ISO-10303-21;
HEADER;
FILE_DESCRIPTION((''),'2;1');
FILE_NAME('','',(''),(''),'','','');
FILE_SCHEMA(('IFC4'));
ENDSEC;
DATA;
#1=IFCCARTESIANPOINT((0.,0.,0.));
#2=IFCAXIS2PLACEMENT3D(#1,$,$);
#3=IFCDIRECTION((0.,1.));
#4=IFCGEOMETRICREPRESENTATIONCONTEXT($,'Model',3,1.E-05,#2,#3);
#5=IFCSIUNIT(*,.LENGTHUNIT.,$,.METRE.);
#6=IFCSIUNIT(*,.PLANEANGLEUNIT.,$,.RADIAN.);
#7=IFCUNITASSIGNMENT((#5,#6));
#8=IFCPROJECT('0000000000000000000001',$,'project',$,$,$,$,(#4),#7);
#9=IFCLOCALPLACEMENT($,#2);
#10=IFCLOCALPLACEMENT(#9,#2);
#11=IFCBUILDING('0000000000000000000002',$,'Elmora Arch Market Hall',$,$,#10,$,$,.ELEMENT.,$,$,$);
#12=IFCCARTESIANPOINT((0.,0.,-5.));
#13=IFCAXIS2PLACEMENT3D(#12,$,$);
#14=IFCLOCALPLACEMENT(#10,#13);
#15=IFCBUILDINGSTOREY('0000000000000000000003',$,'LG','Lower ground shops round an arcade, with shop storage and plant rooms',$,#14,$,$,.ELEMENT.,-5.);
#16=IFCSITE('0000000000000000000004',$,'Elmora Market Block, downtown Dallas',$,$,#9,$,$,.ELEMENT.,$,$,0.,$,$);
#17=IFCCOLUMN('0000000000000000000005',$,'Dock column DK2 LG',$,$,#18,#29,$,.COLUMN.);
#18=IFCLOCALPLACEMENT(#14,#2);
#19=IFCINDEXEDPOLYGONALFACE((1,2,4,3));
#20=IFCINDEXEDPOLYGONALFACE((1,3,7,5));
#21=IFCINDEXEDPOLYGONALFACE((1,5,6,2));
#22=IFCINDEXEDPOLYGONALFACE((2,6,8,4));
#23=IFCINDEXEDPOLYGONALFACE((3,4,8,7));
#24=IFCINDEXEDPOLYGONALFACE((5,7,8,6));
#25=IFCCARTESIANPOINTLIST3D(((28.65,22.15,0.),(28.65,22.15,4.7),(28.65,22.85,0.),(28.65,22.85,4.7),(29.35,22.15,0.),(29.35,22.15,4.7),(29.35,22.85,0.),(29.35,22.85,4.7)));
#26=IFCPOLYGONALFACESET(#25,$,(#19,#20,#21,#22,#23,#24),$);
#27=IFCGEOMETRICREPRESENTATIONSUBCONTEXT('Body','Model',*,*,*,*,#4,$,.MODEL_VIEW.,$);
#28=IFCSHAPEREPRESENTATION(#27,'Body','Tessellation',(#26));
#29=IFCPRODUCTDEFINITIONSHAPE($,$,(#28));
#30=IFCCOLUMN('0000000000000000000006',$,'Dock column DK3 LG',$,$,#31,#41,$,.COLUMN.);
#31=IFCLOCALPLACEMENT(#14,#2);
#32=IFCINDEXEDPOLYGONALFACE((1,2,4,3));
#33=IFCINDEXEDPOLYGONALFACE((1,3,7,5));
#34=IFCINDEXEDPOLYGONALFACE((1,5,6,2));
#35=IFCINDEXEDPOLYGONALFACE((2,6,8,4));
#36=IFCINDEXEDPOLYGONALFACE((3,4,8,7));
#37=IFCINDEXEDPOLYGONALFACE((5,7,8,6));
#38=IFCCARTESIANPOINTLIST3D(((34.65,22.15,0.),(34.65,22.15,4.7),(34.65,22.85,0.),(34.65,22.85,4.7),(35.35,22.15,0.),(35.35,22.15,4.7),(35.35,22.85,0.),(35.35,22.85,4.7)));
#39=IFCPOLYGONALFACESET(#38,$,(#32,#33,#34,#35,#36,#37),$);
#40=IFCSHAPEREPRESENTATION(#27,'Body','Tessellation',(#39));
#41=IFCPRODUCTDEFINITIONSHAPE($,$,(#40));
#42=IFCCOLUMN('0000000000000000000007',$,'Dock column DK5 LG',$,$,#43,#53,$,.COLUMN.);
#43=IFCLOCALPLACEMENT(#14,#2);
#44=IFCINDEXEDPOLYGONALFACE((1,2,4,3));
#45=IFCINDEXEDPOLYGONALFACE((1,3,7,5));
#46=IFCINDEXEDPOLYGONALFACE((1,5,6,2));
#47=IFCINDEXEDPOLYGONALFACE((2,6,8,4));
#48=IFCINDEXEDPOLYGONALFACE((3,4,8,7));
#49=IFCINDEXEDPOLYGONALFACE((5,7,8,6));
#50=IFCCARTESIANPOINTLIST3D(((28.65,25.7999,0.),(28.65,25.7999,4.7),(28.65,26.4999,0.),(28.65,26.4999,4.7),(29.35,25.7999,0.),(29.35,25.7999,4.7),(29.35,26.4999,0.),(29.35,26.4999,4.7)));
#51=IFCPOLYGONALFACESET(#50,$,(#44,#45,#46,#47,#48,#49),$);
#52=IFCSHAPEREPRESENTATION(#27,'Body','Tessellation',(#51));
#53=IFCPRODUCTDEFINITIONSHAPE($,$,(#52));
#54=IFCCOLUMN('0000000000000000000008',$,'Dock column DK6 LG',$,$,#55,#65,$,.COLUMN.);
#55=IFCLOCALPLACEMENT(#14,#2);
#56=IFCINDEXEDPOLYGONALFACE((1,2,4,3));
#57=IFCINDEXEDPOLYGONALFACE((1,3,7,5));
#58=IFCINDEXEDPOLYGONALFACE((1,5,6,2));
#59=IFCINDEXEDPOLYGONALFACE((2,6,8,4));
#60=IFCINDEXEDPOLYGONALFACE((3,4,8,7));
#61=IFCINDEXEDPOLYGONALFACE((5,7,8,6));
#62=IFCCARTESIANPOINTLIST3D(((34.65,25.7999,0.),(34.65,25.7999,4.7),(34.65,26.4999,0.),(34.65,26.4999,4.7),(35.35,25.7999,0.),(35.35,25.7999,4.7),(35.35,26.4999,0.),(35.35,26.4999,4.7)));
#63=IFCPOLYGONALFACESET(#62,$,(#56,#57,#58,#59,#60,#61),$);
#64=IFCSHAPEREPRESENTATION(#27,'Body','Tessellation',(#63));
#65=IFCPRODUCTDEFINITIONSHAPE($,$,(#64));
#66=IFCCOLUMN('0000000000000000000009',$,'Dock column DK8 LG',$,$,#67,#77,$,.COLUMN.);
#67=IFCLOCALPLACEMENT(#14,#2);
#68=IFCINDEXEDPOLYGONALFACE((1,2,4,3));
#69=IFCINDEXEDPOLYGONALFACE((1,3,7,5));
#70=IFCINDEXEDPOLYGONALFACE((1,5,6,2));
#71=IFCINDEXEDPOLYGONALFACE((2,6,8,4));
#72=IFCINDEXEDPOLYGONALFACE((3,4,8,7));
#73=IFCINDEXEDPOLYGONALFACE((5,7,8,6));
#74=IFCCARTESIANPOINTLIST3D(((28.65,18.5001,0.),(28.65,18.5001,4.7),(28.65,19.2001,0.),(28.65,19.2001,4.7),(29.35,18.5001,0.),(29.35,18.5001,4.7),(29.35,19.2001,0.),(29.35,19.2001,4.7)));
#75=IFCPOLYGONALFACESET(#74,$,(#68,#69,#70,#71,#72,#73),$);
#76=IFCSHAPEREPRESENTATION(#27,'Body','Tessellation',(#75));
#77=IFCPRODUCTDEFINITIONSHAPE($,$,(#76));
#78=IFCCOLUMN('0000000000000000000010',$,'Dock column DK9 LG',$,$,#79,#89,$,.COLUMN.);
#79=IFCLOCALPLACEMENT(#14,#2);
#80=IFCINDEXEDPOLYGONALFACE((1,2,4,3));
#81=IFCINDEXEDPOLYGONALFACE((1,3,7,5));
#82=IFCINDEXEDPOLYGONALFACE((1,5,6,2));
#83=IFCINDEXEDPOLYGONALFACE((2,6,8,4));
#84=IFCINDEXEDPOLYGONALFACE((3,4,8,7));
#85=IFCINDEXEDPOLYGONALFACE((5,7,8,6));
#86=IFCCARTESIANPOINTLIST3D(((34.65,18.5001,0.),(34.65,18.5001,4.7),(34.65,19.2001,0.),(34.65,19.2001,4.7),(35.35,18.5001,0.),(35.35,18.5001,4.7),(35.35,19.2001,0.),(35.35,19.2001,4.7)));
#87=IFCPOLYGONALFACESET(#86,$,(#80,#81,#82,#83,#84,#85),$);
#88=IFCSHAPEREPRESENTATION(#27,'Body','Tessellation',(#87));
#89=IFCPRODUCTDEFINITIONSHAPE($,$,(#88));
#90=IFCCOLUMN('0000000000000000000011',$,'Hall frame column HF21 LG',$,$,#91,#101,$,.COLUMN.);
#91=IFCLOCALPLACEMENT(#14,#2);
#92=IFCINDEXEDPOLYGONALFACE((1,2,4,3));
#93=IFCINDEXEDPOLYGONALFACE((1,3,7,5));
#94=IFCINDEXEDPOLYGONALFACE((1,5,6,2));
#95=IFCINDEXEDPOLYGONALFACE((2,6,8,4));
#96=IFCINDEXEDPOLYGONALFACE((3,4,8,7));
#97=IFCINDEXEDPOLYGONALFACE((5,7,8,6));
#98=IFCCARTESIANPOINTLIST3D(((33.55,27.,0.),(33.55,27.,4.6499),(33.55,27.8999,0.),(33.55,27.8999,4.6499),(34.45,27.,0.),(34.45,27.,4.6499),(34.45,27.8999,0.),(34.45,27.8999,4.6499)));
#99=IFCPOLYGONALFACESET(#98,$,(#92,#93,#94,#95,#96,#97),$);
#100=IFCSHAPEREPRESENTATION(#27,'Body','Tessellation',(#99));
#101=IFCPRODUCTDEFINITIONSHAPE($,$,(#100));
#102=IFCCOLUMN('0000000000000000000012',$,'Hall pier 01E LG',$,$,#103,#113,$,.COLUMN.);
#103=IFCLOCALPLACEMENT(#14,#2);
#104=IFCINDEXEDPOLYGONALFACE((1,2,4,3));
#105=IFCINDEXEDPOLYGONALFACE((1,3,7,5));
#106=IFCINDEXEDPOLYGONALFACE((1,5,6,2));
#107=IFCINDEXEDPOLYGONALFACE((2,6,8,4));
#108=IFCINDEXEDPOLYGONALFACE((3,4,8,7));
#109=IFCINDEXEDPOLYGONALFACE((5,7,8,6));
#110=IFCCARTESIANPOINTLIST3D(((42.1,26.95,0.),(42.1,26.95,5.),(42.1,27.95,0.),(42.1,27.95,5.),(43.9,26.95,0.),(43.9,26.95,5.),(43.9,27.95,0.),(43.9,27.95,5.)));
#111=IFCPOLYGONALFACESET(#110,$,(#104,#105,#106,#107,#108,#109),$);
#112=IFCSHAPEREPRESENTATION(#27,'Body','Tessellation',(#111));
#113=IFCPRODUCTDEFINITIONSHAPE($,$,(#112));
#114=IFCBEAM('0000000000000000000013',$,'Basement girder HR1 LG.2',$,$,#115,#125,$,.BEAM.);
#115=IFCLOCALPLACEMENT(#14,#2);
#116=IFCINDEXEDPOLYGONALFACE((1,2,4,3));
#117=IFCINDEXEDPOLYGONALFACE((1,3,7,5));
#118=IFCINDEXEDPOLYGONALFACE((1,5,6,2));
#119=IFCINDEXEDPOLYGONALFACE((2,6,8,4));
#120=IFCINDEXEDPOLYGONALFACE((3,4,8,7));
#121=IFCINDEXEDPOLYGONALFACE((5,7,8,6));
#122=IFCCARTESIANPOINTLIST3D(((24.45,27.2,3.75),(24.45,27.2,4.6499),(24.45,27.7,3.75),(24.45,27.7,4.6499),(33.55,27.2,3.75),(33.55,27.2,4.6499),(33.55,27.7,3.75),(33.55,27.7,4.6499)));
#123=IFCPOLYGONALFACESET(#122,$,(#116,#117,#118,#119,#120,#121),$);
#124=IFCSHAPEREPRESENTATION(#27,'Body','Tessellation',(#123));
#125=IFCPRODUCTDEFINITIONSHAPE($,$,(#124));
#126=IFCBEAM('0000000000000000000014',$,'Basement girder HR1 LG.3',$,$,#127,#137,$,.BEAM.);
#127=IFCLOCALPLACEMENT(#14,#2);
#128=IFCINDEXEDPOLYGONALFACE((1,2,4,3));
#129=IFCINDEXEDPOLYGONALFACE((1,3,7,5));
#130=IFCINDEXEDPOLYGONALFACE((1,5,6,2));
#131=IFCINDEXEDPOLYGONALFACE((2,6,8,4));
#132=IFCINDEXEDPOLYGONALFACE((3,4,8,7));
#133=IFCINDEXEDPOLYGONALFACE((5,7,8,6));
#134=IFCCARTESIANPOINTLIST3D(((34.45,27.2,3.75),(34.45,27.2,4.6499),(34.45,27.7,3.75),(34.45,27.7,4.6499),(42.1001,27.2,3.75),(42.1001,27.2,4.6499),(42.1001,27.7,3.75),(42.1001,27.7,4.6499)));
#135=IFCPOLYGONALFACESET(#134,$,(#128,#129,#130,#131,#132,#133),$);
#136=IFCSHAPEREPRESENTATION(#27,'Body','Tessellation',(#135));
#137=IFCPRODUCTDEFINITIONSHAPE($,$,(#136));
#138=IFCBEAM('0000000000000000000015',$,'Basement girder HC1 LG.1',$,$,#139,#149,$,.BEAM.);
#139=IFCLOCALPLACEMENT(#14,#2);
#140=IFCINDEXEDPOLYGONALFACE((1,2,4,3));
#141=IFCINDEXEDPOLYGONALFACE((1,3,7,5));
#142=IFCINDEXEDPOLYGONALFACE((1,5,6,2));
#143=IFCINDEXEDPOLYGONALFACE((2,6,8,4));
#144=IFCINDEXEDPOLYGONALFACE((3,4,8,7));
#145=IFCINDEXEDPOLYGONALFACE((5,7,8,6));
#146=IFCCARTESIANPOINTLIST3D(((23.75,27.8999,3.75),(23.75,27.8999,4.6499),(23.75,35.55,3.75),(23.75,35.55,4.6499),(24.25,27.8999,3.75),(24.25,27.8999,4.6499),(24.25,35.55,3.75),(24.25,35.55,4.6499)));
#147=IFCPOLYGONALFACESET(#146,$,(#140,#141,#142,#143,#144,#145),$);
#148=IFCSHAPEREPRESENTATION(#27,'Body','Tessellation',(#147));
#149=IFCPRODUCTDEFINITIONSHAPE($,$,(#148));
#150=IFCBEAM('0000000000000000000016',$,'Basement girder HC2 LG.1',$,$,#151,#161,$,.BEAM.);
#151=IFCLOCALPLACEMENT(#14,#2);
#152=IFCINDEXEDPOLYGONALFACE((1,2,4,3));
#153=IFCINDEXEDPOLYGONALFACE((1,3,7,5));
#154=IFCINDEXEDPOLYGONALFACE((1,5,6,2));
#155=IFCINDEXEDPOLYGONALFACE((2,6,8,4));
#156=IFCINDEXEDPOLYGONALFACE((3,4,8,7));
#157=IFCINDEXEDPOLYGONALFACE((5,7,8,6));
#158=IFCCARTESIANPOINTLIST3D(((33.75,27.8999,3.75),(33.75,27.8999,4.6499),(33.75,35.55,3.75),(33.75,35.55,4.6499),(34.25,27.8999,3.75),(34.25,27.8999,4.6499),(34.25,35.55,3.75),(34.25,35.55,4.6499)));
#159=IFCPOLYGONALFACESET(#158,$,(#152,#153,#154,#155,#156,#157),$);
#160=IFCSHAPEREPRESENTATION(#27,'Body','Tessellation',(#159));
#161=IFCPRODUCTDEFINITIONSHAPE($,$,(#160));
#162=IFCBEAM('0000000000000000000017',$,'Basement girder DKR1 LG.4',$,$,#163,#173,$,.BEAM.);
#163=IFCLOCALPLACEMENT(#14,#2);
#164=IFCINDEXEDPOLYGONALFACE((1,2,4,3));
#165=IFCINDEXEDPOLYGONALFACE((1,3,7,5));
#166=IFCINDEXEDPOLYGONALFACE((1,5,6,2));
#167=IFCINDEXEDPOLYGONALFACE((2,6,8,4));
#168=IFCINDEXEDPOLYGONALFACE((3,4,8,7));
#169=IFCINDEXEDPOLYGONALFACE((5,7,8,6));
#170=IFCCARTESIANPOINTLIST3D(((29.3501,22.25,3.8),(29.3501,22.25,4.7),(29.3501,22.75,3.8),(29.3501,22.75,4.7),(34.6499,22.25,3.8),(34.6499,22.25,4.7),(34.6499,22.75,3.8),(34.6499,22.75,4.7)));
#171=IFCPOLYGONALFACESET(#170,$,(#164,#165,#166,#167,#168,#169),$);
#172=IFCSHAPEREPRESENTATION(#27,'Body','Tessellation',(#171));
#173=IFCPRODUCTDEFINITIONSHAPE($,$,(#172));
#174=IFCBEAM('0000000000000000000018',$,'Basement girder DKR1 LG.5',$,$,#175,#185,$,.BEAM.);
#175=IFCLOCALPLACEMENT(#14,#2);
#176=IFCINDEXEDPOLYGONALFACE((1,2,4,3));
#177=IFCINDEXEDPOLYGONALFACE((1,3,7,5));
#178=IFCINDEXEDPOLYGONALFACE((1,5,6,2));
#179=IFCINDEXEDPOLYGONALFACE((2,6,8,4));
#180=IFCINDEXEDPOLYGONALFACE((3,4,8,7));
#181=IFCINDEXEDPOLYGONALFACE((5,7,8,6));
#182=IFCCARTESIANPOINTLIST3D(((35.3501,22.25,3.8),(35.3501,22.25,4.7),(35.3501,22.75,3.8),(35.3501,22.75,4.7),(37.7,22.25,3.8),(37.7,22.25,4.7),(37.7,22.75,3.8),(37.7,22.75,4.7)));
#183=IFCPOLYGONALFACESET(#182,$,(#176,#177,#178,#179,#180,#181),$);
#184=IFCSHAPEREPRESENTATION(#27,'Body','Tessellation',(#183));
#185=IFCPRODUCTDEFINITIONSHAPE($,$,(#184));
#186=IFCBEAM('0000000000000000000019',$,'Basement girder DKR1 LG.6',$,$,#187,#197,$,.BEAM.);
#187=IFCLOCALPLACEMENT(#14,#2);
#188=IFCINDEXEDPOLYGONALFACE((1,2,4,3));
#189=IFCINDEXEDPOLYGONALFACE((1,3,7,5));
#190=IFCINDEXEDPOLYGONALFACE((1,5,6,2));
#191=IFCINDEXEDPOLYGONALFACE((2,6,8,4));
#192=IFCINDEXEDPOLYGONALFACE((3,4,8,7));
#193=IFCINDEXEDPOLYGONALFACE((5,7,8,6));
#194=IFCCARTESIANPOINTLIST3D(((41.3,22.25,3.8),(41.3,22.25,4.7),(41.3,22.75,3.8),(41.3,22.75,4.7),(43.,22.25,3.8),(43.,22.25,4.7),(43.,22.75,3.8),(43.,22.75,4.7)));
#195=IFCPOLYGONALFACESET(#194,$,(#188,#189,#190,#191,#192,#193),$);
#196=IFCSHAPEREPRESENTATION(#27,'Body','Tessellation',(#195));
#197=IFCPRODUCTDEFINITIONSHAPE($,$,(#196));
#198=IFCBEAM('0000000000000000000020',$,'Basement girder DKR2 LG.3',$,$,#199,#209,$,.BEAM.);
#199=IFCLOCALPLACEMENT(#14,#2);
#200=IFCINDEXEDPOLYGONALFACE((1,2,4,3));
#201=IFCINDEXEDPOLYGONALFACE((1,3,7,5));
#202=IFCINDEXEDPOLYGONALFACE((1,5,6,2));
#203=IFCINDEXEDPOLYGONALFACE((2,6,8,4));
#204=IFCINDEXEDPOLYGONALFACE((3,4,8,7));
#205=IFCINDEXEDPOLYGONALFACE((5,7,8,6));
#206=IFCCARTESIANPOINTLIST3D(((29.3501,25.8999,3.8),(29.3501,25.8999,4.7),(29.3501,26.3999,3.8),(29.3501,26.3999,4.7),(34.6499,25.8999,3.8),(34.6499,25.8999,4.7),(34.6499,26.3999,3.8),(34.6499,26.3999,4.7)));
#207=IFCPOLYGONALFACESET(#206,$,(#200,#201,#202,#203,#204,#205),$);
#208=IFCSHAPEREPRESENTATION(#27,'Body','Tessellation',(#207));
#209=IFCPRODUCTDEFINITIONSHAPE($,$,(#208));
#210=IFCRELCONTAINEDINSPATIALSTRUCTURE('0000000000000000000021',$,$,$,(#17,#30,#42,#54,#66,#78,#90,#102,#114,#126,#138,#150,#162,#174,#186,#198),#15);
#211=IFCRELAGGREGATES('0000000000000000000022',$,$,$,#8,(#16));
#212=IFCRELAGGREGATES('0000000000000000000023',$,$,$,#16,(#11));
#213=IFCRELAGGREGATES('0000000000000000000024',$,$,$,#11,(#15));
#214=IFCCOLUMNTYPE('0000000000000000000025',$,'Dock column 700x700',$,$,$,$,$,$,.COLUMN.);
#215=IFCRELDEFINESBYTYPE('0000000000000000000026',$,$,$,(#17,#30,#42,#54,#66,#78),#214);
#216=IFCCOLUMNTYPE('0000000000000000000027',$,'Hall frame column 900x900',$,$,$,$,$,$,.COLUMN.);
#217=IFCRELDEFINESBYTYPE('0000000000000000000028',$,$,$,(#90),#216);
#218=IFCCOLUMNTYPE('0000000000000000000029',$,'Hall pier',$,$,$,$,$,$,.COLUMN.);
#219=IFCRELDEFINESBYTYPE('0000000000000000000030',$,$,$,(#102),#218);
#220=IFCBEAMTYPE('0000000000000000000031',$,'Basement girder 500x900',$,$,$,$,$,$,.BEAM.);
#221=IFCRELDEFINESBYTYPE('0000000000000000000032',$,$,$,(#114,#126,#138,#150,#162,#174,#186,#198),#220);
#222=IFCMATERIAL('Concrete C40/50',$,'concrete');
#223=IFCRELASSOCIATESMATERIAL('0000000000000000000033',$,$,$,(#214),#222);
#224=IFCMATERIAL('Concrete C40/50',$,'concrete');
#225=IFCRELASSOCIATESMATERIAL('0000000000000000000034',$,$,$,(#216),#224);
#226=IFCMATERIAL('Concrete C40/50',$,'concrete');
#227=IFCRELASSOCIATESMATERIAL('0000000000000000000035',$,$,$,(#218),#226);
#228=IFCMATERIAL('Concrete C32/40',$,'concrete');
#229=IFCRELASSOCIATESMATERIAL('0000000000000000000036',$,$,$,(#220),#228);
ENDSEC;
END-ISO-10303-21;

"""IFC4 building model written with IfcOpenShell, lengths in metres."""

from ifc_helpers import new_model, si_unit, direction, frame, origin, origin_2d, place, context, subcontext, project, spatial, rectangle, extrude, material, material_profile, profile_set, type_object, element, save


model = new_model("IFC4")

# Units and contexts
model_context = context("Model", 3, precision=1e-05, world=origin(), true_north=direction((0.0, 1.0)))
body_context = subcontext(model_context, "Body", "Model", "MODEL_VIEW")
ifc_project = project(units=[si_unit("LENGTHUNIT", "METRE"), si_unit("PLANEANGLEUNIT", "RADIAN")], contexts=[model_context])

# Site, building, storey
site_placement = place(None, origin())
site = spatial("IfcSite", under=ifc_project, at=site_placement, Name="Elmora Market Block, downtown Dallas", CompositionType="ELEMENT", RefElevation=0.0)
building_placement = place(site_placement, origin())
building = spatial("IfcBuilding", under=site, at=building_placement, Name="Elmora Arch Market Hall", CompositionType="ELEMENT")
storey_placement = place(building_placement, frame((0.0, 0.0, -5.0)))
storey = spatial("IfcBuildingStorey", under=building, at=storey_placement, Name="LG", Description="Lower ground shops round an arcade, with shop storage and plant rooms", CompositionType="ELEMENT", Elevation=-5.0)

# Columns
ifc_material_1 = material(Name="Concrete C40/50", Category="concrete")
ifc_material_profile_1 = material_profile(ifc_material_1, rectangle(XDim=0.7, YDim=0.7, at=origin_2d()), Name="Dock column 700x700")
ifc_profile_set_1 = profile_set([ifc_material_profile_1], Name="Concrete C40/50")
column_type_1 = type_object("IfcColumnType", Name="Dock column 700x700", PredefinedType="COLUMN", material=ifc_profile_set_1)
for number, where, z_axis, x_axis, name in (
    (1, (29.0, 22.5, 0.0), (0.0, 0.0, 1.0), (1.0, 0.0, 0.0), "Dock column DK2 LG"),
    (2, (35.0, 22.5, 0.0), (0.0, 0.0, 1.0), (1.0, 0.0, 0.0), "Dock column DK3 LG"),
    (3, (29.0, 26.1499, 0.0), (0.0, 0.0, 1.0), (1.0, 0.0, 0.0), "Dock column DK5 LG"),
    (4, (35.0, 26.1499, 0.0), (0.0, 0.0, 1.0), (1.0, 0.0, 0.0), "Dock column DK6 LG"),
    (5, (29.0, 18.8501, 0.0), (0.0, 0.0, 1.0), (1.0, 0.0, 0.0), "Dock column DK8 LG"),
    (6, (35.0, 18.8501, 0.0), (0.0, 0.0, 1.0), (1.0, 0.0, 0.0), "Dock column DK9 LG"),
):
    element("IfcColumn", number, at=place(storey_placement, frame(where, z_axis=z_axis, x_axis=x_axis)), inside=storey, type_object=column_type_1, Name=name, PredefinedType="COLUMN", context=body_context, shape_type="SweptSolid", body=[
        extrude(rectangle(XDim=0.7, YDim=0.7, at=origin_2d()), origin(), (0.0, 0.0, 1.0), 4.7),
    ])
ifc_material_2 = material(Name="Concrete C40/50", Category="concrete")
ifc_material_profile_2 = material_profile(ifc_material_2, rectangle(XDim=0.8999, YDim=0.8999, at=origin_2d()), Name="Hall frame column 900x900")
ifc_profile_set_2 = profile_set([ifc_material_profile_2], Name="Concrete C40/50")
column_type_2 = type_object("IfcColumnType", Name="Hall frame column 900x900", PredefinedType="COLUMN", material=ifc_profile_set_2)
column_1_placement = place(storey_placement, frame((34.0, 27.45, 0.0), z_axis=(0.0, 0.0, 1.0), x_axis=(1.0, 0.0, 0.0)))
element("IfcColumn", 7, at=column_1_placement, inside=storey, type_object=column_type_2, Name="Hall frame column HF21 LG", PredefinedType="COLUMN", context=body_context, shape_type="SweptSolid", body=[
    extrude(rectangle(XDim=0.8999, YDim=0.8999, at=origin_2d()), origin(), (0.0, 0.0, 1.0), 4.6499),
])
ifc_material_3 = material(Name="Concrete C40/50", Category="concrete")
ifc_material_profile_3 = material_profile(ifc_material_3, rectangle(XDim=1.8, YDim=1.0, at=origin_2d()), Name="Hall pier")
ifc_profile_set_3 = profile_set([ifc_material_profile_3], Name="Concrete C40/50")
column_type_3 = type_object("IfcColumnType", Name="Hall pier", PredefinedType="COLUMN", material=ifc_profile_set_3)
column_2_placement = place(storey_placement, frame((43.0, 27.45, 0.0), z_axis=(0.0, 0.0, 1.0), x_axis=(1.0, 0.0, 0.0)))
element("IfcColumn", 8, at=column_2_placement, inside=storey, type_object=column_type_3, Name="Hall pier 01E LG", PredefinedType="COLUMN", context=body_context, shape_type="SweptSolid", body=[
    extrude(rectangle(XDim=1.8, YDim=1.0, at=origin_2d()), origin(), (0.0, 0.0, 1.0), 5.0),
])

# Beams
ifc_material_4 = material(Name="Concrete C32/40", Category="concrete")
ifc_material_profile_4 = material_profile(ifc_material_4, rectangle(XDim=0.5, YDim=0.8999, at=origin_2d()), Name="Basement girder 500x900")
ifc_profile_set_4 = profile_set([ifc_material_profile_4], Name="Concrete C32/40")
beam_type = type_object("IfcBeamType", Name="Basement girder 500x900", PredefinedType="BEAM", material=ifc_profile_set_4)
beam_1_placement = place(storey_placement, frame((24.45, 27.45, 4.2), z_axis=(1.0, 0.0, 0.0), x_axis=(0.0, 1.0, 0.0)))
element("IfcBeam", 9, at=beam_1_placement, inside=storey, type_object=beam_type, Name="Basement girder HR1 LG.2", PredefinedType="BEAM", context=body_context, shape_type="SweptSolid", body=[
    extrude(rectangle(XDim=0.5, YDim=0.8999, at=origin_2d()), origin(), (0.0, 0.0, 1.0), 9.1001),
])
for number, where, z_axis, x_axis, name in (
    (10, (34.45, 27.45, 4.2), (1.0, 0.0, 0.0), (0.0, 1.0, 0.0), "Basement girder HR1 LG.3"),
    (11, (24.0, 27.8999, 4.2), (0.0, 1.0, 0.0), (-1.0, 0.0, 0.0), "Basement girder HC1 LG.1"),
    (12, (34.0, 27.8999, 4.2), (0.0, 1.0, 0.0), (-1.0, 0.0, 0.0), "Basement girder HC2 LG.1"),
):
    element("IfcBeam", number, at=place(storey_placement, frame(where, z_axis=z_axis, x_axis=x_axis)), inside=storey, type_object=beam_type, Name=name, PredefinedType="BEAM", context=body_context, shape_type="SweptSolid", body=[
        extrude(rectangle(XDim=0.5, YDim=0.8999, at=origin_2d()), origin(), (0.0, 0.0, 1.0), 7.6501),
    ])
beam_2_placement = place(storey_placement, frame((29.3501, 22.5, 4.25), z_axis=(1.0, 0.0, 0.0), x_axis=(0.0, 1.0, 0.0)))
element("IfcBeam", 13, at=beam_2_placement, inside=storey, type_object=beam_type, Name="Basement girder DKR1 LG.4", PredefinedType="BEAM", context=body_context, shape_type="SweptSolid", body=[
    extrude(rectangle(XDim=0.5, YDim=0.8999, at=origin_2d()), origin(), (0.0, 0.0, 1.0), 5.2998),
])
beam_3_placement = place(storey_placement, frame((35.3501, 22.5, 4.25), z_axis=(1.0, 0.0, 0.0), x_axis=(0.0, 1.0, 0.0)))
element("IfcBeam", 14, at=beam_3_placement, inside=storey, type_object=beam_type, Name="Basement girder DKR1 LG.5", PredefinedType="BEAM", context=body_context, shape_type="SweptSolid", body=[
    extrude(rectangle(XDim=0.5, YDim=0.8999, at=origin_2d()), origin(), (0.0, 0.0, 1.0), 2.3499),
])
beam_4_placement = place(storey_placement, frame((41.3, 22.5, 4.25), z_axis=(1.0, 0.0, 0.0), x_axis=(0.0, 1.0, 0.0)))
element("IfcBeam", 15, at=beam_4_placement, inside=storey, type_object=beam_type, Name="Basement girder DKR1 LG.6", PredefinedType="BEAM", context=body_context, shape_type="SweptSolid", body=[
    extrude(rectangle(XDim=0.5, YDim=0.8999, at=origin_2d()), origin(), (0.0, 0.0, 1.0), 1.7),
])
beam_5_placement = place(storey_placement, frame((29.3501, 26.1499, 4.25), z_axis=(1.0, 0.0, 0.0), x_axis=(0.0, 1.0, 0.0)))
element("IfcBeam", 16, at=beam_5_placement, inside=storey, type_object=beam_type, Name="Basement girder DKR2 LG.3", PredefinedType="BEAM", context=body_context, shape_type="SweptSolid", body=[
    extrude(rectangle(XDim=0.5, YDim=0.8999, at=origin_2d()), origin(), (0.0, 0.0, 1.0), 5.2998),
])

save(model, "model.ifc")
